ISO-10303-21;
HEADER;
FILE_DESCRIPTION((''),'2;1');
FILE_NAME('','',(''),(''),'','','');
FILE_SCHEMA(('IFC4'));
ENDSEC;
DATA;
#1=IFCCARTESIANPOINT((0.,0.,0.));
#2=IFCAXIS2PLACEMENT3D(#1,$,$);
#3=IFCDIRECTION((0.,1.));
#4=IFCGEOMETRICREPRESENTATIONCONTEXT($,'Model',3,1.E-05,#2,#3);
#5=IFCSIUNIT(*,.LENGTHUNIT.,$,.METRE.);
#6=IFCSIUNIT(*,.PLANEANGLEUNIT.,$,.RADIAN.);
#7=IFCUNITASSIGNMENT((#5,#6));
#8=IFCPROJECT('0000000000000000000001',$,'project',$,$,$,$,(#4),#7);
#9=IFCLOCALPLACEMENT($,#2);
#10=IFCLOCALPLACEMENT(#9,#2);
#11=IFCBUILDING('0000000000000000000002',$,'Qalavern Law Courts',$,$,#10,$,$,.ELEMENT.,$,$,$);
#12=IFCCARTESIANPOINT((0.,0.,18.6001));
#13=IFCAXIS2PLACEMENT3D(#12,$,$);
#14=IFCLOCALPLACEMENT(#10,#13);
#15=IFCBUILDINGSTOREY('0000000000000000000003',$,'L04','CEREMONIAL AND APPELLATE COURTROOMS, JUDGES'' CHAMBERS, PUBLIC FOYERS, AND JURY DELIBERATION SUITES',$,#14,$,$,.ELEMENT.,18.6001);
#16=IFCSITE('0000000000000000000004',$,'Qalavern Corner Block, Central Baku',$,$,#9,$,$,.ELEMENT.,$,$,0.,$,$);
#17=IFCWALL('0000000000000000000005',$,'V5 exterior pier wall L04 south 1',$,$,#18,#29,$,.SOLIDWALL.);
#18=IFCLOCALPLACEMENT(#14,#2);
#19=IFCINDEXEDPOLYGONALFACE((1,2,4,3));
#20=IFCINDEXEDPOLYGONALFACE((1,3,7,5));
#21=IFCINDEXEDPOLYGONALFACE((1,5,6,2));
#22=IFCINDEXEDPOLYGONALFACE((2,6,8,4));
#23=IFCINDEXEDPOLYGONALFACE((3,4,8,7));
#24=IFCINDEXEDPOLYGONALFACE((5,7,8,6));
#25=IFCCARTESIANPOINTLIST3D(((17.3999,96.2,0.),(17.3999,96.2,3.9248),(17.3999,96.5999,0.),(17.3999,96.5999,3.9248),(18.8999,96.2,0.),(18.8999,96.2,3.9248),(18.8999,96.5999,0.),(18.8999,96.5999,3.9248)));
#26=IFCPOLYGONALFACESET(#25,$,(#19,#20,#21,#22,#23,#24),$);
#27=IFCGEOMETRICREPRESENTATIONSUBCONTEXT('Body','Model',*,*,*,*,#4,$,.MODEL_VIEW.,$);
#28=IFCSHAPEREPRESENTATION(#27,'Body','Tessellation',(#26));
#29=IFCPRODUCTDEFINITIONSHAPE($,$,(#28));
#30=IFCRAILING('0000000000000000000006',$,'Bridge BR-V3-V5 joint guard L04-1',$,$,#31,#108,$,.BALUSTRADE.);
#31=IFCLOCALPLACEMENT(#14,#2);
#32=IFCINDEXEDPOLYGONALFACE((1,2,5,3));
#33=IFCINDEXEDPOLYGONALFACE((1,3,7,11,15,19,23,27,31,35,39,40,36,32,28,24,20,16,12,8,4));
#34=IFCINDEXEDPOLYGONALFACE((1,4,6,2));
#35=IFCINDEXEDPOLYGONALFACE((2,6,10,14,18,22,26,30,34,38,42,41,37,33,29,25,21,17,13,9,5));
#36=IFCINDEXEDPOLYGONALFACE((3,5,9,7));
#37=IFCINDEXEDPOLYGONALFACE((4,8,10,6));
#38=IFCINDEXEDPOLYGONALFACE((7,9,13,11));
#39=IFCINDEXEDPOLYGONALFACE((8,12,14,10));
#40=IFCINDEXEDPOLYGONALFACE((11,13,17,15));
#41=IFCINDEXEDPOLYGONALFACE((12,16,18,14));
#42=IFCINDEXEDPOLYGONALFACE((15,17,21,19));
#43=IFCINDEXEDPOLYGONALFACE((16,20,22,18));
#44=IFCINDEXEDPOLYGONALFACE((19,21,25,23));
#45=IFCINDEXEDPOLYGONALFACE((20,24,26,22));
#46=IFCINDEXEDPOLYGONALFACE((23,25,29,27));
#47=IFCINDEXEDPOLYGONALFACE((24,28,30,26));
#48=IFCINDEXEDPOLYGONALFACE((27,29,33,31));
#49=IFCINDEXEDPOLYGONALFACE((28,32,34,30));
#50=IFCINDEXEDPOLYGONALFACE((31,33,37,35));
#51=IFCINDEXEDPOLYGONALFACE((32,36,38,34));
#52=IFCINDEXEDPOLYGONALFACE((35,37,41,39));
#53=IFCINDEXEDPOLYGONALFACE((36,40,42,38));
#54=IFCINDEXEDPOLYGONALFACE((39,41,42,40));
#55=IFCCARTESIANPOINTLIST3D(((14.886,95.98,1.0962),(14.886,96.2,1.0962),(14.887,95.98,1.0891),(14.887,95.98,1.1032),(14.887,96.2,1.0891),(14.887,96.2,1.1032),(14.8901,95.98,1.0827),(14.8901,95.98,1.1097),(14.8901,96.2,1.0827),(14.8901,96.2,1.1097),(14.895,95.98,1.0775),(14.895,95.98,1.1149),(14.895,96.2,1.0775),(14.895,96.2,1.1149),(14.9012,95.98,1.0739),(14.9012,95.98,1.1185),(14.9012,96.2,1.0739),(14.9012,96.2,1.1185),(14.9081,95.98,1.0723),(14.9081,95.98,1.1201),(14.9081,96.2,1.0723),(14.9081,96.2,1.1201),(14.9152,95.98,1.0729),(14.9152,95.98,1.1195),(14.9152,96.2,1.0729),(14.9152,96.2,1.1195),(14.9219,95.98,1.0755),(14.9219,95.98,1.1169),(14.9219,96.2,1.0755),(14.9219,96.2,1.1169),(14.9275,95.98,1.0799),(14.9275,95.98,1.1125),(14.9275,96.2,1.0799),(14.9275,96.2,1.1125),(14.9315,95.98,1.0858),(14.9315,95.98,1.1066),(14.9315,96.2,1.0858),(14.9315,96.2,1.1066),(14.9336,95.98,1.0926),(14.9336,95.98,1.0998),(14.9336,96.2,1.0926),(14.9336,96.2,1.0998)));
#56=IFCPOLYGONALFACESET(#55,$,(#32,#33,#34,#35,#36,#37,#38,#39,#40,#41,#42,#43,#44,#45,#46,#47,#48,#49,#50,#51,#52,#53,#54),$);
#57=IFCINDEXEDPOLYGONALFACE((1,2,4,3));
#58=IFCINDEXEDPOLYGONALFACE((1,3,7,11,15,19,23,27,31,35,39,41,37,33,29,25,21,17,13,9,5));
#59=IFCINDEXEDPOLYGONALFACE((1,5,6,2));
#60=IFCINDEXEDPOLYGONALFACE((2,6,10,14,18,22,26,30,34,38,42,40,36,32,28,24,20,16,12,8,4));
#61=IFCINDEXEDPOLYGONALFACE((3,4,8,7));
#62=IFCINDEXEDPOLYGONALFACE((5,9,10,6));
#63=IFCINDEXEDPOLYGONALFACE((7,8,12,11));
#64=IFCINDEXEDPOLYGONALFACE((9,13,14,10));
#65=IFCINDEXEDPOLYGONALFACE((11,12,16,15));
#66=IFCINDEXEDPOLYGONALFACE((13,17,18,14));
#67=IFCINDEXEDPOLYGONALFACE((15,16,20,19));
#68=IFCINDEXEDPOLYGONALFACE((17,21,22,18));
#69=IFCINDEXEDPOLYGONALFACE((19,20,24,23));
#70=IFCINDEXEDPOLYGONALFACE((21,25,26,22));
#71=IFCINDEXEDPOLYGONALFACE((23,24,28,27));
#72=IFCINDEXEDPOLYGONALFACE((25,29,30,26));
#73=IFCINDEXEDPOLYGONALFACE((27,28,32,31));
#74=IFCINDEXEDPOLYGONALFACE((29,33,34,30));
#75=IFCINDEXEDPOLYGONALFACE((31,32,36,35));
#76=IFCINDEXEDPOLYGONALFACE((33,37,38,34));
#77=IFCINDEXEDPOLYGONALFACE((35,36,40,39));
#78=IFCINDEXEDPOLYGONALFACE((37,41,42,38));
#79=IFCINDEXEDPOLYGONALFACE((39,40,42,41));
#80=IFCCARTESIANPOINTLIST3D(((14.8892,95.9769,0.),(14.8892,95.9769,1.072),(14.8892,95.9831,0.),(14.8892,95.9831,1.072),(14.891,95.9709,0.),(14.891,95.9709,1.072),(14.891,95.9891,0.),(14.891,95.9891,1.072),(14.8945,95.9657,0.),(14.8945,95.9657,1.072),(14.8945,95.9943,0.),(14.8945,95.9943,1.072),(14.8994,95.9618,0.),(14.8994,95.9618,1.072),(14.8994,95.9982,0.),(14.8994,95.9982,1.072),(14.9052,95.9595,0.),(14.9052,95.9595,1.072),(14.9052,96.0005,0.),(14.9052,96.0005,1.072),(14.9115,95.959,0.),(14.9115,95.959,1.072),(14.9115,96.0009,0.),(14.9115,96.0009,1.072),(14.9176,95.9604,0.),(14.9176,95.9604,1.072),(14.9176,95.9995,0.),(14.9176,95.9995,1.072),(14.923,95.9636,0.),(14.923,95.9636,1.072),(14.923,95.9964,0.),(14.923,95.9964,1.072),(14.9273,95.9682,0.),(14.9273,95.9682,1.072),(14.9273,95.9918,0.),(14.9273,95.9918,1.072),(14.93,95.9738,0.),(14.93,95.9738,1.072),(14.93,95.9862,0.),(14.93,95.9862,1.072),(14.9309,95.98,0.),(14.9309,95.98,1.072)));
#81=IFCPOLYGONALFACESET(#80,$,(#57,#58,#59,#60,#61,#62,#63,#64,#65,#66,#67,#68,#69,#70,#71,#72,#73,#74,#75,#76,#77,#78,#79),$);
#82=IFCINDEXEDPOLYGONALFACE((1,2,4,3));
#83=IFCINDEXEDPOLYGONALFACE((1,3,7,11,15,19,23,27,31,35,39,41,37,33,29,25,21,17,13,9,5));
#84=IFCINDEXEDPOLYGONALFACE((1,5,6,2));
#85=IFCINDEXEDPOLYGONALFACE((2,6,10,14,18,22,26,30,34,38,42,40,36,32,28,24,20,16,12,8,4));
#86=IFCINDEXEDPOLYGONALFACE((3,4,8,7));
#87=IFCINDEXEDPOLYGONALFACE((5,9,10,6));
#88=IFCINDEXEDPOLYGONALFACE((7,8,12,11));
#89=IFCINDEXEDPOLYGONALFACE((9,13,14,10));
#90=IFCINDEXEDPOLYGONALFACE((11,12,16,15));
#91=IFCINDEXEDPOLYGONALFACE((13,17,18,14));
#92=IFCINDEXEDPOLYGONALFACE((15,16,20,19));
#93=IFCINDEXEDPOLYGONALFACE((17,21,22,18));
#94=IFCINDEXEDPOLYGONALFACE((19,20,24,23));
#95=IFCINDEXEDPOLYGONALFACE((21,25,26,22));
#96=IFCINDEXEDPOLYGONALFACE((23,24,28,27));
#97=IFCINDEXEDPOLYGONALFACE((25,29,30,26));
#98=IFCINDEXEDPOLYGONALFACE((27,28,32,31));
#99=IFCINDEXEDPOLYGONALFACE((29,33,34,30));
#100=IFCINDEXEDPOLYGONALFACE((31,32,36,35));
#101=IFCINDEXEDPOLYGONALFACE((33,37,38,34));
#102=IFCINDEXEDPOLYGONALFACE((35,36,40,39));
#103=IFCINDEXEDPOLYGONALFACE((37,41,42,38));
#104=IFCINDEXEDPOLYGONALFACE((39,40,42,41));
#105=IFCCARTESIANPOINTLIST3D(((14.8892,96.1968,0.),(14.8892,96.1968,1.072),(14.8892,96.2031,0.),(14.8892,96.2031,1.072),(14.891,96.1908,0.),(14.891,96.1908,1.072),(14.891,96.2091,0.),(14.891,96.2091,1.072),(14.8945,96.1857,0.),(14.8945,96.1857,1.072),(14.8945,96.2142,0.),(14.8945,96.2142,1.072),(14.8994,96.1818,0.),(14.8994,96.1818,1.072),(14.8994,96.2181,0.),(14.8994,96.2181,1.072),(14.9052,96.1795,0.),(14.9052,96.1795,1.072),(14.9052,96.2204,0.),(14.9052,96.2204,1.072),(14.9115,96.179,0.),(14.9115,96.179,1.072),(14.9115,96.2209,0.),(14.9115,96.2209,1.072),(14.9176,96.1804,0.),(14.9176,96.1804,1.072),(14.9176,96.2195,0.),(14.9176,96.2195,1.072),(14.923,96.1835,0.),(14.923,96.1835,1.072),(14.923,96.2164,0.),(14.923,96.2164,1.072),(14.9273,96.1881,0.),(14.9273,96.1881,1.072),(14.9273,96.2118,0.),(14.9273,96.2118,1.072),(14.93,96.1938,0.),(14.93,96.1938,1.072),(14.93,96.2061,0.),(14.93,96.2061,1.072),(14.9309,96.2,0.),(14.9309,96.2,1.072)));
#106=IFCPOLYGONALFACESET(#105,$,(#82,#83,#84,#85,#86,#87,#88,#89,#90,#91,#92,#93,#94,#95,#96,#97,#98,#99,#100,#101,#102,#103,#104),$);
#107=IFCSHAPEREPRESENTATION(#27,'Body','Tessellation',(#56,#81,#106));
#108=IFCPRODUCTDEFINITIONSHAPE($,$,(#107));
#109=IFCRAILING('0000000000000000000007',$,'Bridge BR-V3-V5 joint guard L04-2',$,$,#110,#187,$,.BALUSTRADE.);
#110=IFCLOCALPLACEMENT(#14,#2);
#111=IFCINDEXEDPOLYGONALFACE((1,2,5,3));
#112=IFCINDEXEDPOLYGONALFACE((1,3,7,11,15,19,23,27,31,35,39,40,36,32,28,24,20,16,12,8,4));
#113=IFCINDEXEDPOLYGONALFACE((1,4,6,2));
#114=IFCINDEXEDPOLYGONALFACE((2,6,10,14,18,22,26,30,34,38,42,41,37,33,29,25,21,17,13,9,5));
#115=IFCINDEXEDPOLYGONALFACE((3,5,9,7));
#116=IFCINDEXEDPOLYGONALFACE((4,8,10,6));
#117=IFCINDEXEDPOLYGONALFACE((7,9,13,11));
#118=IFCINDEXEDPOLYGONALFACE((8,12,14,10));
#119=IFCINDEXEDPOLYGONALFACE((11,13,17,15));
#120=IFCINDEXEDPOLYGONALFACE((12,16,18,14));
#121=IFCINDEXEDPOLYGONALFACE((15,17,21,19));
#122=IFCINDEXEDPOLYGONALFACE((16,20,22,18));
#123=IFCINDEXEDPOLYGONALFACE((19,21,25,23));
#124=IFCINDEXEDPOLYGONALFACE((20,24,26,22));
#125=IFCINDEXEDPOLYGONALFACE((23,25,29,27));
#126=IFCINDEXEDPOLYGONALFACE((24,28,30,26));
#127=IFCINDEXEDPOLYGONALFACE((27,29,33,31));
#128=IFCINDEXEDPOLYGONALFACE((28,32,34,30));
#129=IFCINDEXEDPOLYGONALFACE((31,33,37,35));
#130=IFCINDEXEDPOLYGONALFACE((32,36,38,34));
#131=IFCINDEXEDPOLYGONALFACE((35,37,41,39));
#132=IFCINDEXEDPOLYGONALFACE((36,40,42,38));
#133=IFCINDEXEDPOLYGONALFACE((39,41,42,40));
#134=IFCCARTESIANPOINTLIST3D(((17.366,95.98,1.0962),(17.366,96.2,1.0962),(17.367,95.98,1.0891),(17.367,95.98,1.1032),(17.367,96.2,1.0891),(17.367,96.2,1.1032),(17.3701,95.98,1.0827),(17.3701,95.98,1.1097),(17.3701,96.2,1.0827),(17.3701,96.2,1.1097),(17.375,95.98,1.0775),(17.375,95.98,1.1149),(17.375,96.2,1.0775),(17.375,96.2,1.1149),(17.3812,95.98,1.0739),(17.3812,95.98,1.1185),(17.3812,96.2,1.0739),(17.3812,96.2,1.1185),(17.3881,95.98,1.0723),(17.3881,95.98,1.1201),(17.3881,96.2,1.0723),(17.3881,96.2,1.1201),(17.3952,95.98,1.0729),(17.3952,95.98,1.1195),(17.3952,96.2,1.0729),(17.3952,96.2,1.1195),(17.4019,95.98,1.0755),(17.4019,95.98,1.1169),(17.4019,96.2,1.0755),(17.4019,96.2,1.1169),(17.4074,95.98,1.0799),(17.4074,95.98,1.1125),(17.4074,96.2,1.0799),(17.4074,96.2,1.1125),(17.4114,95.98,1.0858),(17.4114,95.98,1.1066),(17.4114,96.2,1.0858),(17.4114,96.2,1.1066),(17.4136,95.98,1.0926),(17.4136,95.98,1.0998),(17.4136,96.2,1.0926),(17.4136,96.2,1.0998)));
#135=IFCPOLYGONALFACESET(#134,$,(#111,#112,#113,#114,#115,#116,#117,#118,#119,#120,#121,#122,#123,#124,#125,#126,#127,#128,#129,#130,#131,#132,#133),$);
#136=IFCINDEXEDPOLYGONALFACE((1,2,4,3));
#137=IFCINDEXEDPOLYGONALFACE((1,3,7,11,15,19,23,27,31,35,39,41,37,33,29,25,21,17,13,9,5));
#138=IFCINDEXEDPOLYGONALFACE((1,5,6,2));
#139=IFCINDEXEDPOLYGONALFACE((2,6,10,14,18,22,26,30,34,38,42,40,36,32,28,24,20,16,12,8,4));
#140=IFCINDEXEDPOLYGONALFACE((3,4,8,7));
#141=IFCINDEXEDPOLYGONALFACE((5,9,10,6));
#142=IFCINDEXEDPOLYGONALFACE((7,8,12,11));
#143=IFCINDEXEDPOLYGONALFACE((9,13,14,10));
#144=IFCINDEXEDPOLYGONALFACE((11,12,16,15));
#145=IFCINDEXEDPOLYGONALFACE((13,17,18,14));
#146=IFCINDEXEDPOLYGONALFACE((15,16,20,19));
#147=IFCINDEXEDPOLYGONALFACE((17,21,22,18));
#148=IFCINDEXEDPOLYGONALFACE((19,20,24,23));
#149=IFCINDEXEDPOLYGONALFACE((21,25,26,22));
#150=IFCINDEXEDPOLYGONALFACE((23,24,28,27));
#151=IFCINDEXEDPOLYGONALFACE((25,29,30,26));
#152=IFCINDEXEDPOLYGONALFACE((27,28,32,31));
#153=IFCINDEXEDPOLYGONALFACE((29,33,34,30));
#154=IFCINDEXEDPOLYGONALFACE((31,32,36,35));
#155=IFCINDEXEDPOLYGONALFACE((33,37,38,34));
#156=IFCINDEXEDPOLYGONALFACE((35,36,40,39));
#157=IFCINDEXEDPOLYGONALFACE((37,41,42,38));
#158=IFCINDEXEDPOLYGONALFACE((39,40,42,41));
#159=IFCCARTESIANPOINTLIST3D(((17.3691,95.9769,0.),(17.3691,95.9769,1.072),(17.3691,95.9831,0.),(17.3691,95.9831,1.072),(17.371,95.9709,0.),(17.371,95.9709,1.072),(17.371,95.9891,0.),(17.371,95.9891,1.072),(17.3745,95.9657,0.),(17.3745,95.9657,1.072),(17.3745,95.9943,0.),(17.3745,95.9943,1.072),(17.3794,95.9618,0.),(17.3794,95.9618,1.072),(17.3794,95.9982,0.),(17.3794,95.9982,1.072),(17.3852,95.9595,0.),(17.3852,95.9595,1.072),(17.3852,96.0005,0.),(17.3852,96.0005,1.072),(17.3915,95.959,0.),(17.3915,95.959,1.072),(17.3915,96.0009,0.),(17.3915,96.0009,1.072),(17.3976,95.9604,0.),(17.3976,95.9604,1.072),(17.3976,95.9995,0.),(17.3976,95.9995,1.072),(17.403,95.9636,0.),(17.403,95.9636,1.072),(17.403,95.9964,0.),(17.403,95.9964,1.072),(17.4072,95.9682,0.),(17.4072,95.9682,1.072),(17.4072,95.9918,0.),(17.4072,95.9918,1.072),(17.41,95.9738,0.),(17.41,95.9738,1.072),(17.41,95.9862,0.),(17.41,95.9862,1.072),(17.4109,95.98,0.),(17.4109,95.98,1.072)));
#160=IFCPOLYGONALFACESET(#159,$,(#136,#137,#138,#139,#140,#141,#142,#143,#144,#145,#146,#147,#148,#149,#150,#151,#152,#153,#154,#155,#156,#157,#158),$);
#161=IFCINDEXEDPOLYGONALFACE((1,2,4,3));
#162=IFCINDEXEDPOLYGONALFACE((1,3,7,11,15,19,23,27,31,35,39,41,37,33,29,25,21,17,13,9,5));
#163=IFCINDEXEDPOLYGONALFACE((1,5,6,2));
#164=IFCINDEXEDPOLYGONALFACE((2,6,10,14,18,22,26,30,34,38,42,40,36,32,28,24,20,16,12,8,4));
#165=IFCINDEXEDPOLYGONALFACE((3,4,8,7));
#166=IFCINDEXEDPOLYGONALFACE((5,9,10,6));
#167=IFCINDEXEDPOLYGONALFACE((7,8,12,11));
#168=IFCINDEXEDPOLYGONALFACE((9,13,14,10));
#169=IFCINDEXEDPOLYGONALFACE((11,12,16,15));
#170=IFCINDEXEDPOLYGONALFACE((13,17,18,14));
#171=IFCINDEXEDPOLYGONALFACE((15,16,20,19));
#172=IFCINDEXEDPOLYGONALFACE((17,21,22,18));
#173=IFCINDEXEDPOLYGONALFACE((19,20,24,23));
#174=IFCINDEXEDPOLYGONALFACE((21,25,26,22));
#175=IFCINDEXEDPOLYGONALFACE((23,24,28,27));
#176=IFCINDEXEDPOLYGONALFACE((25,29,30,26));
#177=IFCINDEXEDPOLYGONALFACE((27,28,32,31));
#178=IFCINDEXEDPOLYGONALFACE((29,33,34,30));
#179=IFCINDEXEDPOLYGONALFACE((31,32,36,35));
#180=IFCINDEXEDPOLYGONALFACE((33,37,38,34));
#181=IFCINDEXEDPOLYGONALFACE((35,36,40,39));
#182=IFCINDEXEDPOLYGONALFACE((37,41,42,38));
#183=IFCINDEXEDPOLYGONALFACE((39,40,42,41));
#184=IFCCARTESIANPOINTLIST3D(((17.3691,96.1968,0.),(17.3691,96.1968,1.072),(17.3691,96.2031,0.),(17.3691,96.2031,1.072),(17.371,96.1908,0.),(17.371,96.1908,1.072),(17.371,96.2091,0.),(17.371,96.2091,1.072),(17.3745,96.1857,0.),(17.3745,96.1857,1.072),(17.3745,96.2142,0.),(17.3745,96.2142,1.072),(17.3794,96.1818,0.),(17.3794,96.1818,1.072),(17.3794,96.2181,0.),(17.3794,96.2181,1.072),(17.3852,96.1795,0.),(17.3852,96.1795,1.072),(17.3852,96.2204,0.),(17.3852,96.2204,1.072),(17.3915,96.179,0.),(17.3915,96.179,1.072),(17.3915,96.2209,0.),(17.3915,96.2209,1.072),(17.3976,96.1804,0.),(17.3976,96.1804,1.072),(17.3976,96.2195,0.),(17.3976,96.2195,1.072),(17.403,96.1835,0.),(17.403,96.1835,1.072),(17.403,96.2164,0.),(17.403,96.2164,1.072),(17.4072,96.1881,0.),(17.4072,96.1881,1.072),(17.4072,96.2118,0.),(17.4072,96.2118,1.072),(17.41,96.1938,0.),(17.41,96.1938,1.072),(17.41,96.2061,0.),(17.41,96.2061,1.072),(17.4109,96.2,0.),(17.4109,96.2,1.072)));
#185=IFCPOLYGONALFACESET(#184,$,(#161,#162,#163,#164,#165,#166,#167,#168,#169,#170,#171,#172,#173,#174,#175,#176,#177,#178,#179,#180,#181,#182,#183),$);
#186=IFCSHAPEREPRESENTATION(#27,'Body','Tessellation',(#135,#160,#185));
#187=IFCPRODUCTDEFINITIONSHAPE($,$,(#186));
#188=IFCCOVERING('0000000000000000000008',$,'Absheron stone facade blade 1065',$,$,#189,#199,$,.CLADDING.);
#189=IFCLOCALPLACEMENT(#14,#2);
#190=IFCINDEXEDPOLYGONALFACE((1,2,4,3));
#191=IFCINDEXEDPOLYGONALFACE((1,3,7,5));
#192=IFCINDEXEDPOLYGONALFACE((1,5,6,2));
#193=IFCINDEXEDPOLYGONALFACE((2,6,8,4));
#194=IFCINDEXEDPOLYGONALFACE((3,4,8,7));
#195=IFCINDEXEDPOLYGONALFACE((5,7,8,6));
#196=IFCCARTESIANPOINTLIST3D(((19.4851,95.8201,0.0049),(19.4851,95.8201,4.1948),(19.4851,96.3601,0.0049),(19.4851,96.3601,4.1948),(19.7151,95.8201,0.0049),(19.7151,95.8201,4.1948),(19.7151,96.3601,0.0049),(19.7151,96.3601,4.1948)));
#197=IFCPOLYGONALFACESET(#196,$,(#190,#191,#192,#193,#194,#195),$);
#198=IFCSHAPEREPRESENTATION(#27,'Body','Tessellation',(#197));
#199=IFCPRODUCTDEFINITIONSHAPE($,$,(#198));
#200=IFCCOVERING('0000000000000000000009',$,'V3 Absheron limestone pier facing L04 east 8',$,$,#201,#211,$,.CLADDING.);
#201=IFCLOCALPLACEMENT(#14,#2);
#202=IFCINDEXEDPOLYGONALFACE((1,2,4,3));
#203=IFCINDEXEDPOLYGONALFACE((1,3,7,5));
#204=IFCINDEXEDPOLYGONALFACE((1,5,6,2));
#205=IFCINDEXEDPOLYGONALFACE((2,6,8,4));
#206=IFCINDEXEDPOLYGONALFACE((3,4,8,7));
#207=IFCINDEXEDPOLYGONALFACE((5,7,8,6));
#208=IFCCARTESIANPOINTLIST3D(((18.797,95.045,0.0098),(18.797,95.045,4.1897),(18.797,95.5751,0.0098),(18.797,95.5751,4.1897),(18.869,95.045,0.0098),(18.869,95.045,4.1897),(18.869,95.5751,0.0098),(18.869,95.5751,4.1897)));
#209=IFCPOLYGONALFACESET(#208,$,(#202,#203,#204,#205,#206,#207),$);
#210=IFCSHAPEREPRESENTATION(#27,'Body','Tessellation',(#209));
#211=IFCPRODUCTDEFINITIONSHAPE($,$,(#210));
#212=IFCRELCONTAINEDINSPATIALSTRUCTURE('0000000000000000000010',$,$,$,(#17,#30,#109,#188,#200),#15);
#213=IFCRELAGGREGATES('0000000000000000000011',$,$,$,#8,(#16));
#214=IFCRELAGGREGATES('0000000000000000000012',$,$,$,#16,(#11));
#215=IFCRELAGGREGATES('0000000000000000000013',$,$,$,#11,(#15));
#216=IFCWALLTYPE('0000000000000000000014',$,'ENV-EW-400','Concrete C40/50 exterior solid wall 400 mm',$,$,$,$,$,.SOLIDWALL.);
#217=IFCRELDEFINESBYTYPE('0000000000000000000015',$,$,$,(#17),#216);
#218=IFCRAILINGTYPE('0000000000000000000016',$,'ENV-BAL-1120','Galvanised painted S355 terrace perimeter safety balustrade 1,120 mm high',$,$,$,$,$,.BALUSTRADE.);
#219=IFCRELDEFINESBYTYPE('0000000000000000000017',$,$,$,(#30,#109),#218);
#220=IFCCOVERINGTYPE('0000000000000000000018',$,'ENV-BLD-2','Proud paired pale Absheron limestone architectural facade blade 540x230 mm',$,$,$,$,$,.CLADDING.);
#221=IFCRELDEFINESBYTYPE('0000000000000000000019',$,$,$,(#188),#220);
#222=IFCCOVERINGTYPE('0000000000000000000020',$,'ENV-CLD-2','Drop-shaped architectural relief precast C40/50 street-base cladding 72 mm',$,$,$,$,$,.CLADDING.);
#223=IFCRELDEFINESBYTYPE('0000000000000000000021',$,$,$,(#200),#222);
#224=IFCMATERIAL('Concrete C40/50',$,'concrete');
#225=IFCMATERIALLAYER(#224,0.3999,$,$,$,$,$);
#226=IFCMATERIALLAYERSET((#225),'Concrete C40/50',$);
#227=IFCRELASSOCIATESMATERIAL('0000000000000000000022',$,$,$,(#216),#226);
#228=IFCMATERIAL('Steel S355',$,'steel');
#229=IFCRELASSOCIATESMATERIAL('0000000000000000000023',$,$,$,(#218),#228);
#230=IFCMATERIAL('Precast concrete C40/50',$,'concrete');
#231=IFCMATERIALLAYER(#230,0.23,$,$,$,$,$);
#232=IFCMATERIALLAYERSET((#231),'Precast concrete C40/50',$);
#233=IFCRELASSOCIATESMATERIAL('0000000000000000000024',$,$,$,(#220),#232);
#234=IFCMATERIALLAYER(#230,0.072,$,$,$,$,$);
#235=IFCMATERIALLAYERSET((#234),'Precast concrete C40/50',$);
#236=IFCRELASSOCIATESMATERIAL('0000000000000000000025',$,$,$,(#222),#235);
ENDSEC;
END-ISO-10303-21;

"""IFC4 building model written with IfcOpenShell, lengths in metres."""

from ifc_helpers import new_model, si_unit, direction, frame, frame_2d, origin, origin_2d, place, context, subcontext, project, spatial, rectangle, circle, extrude, material, layer, layer_set, type_object, element, save


model = new_model("IFC4")

# Units and contexts
model_context = context("Model", 3, precision=1e-05, world=origin(), true_north=direction((0.0, 1.0)))
body_context = subcontext(model_context, "Body", "Model", "MODEL_VIEW")
ifc_project = project(units=[si_unit("LENGTHUNIT", "METRE"), si_unit("PLANEANGLEUNIT", "RADIAN")], contexts=[model_context])

# Site, building, storey
site_placement = place(None, origin())
site = spatial("IfcSite", under=ifc_project, at=site_placement, Name="Qalavern Corner Block, Central Baku", CompositionType="ELEMENT", RefElevation=0.0)
building_placement = place(site_placement, origin())
building = spatial("IfcBuilding", under=site, at=building_placement, Name="Qalavern Law Courts", CompositionType="ELEMENT")
storey_placement = place(building_placement, frame((0.0, 0.0, 18.6001)))
storey = spatial("IfcBuildingStorey", under=building, at=storey_placement, Name="L04", Description="CEREMONIAL AND APPELLATE COURTROOMS, JUDGES' CHAMBERS, PUBLIC FOYERS, AND JURY DELIBERATION SUITES", CompositionType="ELEMENT", Elevation=18.6001)

# Shared definitions
ifc_material_1 = material(Name="Concrete C40/50", Category="concrete")

# Wall
ifc_layer_1 = layer(ifc_material_1, 0.3999)
ifc_layer_set_1 = layer_set([ifc_layer_1], Name="Concrete C40/50")
wall_type = type_object("IfcWallType", Name="ENV-EW-400", Description="Concrete C40/50 exterior solid wall 400 mm", PredefinedType="SOLIDWALL", material=ifc_layer_set_1)
wall_1_placement = place(storey_placement, frame((17.3999, 96.3999, 0.0), z_axis=(0.0, 0.0, 1.0), x_axis=(1.0, 0.0, 0.0)))
element("IfcWall", 1, at=wall_1_placement, inside=storey, type_object=wall_type, Name="V5 exterior pier wall L04 south 1", PredefinedType="SOLIDWALL", context=body_context, shape_type="SweptSolid", body=[
    extrude(rectangle(XDim=1.5, YDim=0.3999, at=frame_2d((0.75, 0.0))), origin(), (0.0, 0.0, 1.0), 3.9248),
])

# Railings
ifc_material_2 = material(Name="Steel S355", Category="steel")
railing_type = type_object("IfcRailingType", Name="ENV-BAL-1120", Description="Galvanised painted S355 terrace perimeter safety balustrade 1,120 mm high", PredefinedType="BALUSTRADE", material=ifc_material_2)
for number, where, name in (
    (2, (14.9099, 95.98, 0.0), "Bridge BR-V3-V5 joint guard L04-1"),
    (3, (17.3899, 95.98, 0.0), "Bridge BR-V3-V5 joint guard L04-2"),
):
    element("IfcRailing", number, at=place(storey_placement, frame(where)), inside=storey, type_object=railing_type, Name=name, PredefinedType="BALUSTRADE", context=body_context, shape_type="SweptSolid", body=[
        extrude(circle(Radius=0.0239, at=origin_2d()), frame((0.0, 0.0, 1.0962), z_axis=(0.0, 1.0, 0.0), x_axis=(-1.0, 0.0, 0.0)), (0.0, 0.0, 1.0), 0.22),
        extrude(circle(Radius=0.021, at=origin_2d()), origin(), (0.0, 0.0, 1.0), 1.072),
        extrude(circle(Radius=0.021, at=origin_2d()), frame((0.0, 0.22, 0.0)), (0.0, 0.0, 1.0), 1.072),
    ])

# Coverings
ifc_material_3 = material(Name="Precast concrete C40/50", Category="concrete")
ifc_layer_2 = layer(ifc_material_3, 0.23)
ifc_layer_set_2 = layer_set([ifc_layer_2], Name="Precast concrete C40/50")
covering_type_1 = type_object("IfcCoveringType", Name="ENV-BLD-2", Description="Proud paired pale Absheron limestone architectural facade blade 540x230 mm", PredefinedType="CLADDING", material=ifc_layer_set_2)
covering_1_placement = place(storey_placement, frame((19.6001, 96.0901, 0.0049), z_axis=(0.0, 0.0, 1.0), x_axis=(0.0, -1.0, 0.0)))
element("IfcCovering", 4, at=covering_1_placement, inside=storey, type_object=covering_type_1, Name="Absheron stone facade blade 1065", PredefinedType="CLADDING", context=body_context, shape_type="SweptSolid", body=[
    extrude(rectangle(XDim=0.54, YDim=0.23, at=origin_2d()), origin(), (0.0, 0.0, 1.0), 4.1899),
])
ifc_layer_3 = layer(ifc_material_3, 0.072)
ifc_layer_set_3 = layer_set([ifc_layer_3], Name="Precast concrete C40/50")
covering_type_2 = type_object("IfcCoveringType", Name="ENV-CLD-2", Description="Drop-shaped architectural relief precast C40/50 street-base cladding 72 mm", PredefinedType="CLADDING", material=ifc_layer_set_3)
covering_2_placement = place(storey_placement, frame((18.833, 95.3101, 0.0098), z_axis=(0.0, 0.0, 1.0), x_axis=(0.0, 1.0, 0.0)))
element("IfcCovering", 5, at=covering_2_placement, inside=storey, type_object=covering_type_2, Name="V3 Absheron limestone pier facing L04 east 8", PredefinedType="CLADDING", context=body_context, shape_type="SweptSolid", body=[
    extrude(rectangle(XDim=0.53, YDim=0.072, at=origin_2d()), origin(), (0.0, 0.0, 1.0), 4.1799),
])

save(model, "model.ifc")
